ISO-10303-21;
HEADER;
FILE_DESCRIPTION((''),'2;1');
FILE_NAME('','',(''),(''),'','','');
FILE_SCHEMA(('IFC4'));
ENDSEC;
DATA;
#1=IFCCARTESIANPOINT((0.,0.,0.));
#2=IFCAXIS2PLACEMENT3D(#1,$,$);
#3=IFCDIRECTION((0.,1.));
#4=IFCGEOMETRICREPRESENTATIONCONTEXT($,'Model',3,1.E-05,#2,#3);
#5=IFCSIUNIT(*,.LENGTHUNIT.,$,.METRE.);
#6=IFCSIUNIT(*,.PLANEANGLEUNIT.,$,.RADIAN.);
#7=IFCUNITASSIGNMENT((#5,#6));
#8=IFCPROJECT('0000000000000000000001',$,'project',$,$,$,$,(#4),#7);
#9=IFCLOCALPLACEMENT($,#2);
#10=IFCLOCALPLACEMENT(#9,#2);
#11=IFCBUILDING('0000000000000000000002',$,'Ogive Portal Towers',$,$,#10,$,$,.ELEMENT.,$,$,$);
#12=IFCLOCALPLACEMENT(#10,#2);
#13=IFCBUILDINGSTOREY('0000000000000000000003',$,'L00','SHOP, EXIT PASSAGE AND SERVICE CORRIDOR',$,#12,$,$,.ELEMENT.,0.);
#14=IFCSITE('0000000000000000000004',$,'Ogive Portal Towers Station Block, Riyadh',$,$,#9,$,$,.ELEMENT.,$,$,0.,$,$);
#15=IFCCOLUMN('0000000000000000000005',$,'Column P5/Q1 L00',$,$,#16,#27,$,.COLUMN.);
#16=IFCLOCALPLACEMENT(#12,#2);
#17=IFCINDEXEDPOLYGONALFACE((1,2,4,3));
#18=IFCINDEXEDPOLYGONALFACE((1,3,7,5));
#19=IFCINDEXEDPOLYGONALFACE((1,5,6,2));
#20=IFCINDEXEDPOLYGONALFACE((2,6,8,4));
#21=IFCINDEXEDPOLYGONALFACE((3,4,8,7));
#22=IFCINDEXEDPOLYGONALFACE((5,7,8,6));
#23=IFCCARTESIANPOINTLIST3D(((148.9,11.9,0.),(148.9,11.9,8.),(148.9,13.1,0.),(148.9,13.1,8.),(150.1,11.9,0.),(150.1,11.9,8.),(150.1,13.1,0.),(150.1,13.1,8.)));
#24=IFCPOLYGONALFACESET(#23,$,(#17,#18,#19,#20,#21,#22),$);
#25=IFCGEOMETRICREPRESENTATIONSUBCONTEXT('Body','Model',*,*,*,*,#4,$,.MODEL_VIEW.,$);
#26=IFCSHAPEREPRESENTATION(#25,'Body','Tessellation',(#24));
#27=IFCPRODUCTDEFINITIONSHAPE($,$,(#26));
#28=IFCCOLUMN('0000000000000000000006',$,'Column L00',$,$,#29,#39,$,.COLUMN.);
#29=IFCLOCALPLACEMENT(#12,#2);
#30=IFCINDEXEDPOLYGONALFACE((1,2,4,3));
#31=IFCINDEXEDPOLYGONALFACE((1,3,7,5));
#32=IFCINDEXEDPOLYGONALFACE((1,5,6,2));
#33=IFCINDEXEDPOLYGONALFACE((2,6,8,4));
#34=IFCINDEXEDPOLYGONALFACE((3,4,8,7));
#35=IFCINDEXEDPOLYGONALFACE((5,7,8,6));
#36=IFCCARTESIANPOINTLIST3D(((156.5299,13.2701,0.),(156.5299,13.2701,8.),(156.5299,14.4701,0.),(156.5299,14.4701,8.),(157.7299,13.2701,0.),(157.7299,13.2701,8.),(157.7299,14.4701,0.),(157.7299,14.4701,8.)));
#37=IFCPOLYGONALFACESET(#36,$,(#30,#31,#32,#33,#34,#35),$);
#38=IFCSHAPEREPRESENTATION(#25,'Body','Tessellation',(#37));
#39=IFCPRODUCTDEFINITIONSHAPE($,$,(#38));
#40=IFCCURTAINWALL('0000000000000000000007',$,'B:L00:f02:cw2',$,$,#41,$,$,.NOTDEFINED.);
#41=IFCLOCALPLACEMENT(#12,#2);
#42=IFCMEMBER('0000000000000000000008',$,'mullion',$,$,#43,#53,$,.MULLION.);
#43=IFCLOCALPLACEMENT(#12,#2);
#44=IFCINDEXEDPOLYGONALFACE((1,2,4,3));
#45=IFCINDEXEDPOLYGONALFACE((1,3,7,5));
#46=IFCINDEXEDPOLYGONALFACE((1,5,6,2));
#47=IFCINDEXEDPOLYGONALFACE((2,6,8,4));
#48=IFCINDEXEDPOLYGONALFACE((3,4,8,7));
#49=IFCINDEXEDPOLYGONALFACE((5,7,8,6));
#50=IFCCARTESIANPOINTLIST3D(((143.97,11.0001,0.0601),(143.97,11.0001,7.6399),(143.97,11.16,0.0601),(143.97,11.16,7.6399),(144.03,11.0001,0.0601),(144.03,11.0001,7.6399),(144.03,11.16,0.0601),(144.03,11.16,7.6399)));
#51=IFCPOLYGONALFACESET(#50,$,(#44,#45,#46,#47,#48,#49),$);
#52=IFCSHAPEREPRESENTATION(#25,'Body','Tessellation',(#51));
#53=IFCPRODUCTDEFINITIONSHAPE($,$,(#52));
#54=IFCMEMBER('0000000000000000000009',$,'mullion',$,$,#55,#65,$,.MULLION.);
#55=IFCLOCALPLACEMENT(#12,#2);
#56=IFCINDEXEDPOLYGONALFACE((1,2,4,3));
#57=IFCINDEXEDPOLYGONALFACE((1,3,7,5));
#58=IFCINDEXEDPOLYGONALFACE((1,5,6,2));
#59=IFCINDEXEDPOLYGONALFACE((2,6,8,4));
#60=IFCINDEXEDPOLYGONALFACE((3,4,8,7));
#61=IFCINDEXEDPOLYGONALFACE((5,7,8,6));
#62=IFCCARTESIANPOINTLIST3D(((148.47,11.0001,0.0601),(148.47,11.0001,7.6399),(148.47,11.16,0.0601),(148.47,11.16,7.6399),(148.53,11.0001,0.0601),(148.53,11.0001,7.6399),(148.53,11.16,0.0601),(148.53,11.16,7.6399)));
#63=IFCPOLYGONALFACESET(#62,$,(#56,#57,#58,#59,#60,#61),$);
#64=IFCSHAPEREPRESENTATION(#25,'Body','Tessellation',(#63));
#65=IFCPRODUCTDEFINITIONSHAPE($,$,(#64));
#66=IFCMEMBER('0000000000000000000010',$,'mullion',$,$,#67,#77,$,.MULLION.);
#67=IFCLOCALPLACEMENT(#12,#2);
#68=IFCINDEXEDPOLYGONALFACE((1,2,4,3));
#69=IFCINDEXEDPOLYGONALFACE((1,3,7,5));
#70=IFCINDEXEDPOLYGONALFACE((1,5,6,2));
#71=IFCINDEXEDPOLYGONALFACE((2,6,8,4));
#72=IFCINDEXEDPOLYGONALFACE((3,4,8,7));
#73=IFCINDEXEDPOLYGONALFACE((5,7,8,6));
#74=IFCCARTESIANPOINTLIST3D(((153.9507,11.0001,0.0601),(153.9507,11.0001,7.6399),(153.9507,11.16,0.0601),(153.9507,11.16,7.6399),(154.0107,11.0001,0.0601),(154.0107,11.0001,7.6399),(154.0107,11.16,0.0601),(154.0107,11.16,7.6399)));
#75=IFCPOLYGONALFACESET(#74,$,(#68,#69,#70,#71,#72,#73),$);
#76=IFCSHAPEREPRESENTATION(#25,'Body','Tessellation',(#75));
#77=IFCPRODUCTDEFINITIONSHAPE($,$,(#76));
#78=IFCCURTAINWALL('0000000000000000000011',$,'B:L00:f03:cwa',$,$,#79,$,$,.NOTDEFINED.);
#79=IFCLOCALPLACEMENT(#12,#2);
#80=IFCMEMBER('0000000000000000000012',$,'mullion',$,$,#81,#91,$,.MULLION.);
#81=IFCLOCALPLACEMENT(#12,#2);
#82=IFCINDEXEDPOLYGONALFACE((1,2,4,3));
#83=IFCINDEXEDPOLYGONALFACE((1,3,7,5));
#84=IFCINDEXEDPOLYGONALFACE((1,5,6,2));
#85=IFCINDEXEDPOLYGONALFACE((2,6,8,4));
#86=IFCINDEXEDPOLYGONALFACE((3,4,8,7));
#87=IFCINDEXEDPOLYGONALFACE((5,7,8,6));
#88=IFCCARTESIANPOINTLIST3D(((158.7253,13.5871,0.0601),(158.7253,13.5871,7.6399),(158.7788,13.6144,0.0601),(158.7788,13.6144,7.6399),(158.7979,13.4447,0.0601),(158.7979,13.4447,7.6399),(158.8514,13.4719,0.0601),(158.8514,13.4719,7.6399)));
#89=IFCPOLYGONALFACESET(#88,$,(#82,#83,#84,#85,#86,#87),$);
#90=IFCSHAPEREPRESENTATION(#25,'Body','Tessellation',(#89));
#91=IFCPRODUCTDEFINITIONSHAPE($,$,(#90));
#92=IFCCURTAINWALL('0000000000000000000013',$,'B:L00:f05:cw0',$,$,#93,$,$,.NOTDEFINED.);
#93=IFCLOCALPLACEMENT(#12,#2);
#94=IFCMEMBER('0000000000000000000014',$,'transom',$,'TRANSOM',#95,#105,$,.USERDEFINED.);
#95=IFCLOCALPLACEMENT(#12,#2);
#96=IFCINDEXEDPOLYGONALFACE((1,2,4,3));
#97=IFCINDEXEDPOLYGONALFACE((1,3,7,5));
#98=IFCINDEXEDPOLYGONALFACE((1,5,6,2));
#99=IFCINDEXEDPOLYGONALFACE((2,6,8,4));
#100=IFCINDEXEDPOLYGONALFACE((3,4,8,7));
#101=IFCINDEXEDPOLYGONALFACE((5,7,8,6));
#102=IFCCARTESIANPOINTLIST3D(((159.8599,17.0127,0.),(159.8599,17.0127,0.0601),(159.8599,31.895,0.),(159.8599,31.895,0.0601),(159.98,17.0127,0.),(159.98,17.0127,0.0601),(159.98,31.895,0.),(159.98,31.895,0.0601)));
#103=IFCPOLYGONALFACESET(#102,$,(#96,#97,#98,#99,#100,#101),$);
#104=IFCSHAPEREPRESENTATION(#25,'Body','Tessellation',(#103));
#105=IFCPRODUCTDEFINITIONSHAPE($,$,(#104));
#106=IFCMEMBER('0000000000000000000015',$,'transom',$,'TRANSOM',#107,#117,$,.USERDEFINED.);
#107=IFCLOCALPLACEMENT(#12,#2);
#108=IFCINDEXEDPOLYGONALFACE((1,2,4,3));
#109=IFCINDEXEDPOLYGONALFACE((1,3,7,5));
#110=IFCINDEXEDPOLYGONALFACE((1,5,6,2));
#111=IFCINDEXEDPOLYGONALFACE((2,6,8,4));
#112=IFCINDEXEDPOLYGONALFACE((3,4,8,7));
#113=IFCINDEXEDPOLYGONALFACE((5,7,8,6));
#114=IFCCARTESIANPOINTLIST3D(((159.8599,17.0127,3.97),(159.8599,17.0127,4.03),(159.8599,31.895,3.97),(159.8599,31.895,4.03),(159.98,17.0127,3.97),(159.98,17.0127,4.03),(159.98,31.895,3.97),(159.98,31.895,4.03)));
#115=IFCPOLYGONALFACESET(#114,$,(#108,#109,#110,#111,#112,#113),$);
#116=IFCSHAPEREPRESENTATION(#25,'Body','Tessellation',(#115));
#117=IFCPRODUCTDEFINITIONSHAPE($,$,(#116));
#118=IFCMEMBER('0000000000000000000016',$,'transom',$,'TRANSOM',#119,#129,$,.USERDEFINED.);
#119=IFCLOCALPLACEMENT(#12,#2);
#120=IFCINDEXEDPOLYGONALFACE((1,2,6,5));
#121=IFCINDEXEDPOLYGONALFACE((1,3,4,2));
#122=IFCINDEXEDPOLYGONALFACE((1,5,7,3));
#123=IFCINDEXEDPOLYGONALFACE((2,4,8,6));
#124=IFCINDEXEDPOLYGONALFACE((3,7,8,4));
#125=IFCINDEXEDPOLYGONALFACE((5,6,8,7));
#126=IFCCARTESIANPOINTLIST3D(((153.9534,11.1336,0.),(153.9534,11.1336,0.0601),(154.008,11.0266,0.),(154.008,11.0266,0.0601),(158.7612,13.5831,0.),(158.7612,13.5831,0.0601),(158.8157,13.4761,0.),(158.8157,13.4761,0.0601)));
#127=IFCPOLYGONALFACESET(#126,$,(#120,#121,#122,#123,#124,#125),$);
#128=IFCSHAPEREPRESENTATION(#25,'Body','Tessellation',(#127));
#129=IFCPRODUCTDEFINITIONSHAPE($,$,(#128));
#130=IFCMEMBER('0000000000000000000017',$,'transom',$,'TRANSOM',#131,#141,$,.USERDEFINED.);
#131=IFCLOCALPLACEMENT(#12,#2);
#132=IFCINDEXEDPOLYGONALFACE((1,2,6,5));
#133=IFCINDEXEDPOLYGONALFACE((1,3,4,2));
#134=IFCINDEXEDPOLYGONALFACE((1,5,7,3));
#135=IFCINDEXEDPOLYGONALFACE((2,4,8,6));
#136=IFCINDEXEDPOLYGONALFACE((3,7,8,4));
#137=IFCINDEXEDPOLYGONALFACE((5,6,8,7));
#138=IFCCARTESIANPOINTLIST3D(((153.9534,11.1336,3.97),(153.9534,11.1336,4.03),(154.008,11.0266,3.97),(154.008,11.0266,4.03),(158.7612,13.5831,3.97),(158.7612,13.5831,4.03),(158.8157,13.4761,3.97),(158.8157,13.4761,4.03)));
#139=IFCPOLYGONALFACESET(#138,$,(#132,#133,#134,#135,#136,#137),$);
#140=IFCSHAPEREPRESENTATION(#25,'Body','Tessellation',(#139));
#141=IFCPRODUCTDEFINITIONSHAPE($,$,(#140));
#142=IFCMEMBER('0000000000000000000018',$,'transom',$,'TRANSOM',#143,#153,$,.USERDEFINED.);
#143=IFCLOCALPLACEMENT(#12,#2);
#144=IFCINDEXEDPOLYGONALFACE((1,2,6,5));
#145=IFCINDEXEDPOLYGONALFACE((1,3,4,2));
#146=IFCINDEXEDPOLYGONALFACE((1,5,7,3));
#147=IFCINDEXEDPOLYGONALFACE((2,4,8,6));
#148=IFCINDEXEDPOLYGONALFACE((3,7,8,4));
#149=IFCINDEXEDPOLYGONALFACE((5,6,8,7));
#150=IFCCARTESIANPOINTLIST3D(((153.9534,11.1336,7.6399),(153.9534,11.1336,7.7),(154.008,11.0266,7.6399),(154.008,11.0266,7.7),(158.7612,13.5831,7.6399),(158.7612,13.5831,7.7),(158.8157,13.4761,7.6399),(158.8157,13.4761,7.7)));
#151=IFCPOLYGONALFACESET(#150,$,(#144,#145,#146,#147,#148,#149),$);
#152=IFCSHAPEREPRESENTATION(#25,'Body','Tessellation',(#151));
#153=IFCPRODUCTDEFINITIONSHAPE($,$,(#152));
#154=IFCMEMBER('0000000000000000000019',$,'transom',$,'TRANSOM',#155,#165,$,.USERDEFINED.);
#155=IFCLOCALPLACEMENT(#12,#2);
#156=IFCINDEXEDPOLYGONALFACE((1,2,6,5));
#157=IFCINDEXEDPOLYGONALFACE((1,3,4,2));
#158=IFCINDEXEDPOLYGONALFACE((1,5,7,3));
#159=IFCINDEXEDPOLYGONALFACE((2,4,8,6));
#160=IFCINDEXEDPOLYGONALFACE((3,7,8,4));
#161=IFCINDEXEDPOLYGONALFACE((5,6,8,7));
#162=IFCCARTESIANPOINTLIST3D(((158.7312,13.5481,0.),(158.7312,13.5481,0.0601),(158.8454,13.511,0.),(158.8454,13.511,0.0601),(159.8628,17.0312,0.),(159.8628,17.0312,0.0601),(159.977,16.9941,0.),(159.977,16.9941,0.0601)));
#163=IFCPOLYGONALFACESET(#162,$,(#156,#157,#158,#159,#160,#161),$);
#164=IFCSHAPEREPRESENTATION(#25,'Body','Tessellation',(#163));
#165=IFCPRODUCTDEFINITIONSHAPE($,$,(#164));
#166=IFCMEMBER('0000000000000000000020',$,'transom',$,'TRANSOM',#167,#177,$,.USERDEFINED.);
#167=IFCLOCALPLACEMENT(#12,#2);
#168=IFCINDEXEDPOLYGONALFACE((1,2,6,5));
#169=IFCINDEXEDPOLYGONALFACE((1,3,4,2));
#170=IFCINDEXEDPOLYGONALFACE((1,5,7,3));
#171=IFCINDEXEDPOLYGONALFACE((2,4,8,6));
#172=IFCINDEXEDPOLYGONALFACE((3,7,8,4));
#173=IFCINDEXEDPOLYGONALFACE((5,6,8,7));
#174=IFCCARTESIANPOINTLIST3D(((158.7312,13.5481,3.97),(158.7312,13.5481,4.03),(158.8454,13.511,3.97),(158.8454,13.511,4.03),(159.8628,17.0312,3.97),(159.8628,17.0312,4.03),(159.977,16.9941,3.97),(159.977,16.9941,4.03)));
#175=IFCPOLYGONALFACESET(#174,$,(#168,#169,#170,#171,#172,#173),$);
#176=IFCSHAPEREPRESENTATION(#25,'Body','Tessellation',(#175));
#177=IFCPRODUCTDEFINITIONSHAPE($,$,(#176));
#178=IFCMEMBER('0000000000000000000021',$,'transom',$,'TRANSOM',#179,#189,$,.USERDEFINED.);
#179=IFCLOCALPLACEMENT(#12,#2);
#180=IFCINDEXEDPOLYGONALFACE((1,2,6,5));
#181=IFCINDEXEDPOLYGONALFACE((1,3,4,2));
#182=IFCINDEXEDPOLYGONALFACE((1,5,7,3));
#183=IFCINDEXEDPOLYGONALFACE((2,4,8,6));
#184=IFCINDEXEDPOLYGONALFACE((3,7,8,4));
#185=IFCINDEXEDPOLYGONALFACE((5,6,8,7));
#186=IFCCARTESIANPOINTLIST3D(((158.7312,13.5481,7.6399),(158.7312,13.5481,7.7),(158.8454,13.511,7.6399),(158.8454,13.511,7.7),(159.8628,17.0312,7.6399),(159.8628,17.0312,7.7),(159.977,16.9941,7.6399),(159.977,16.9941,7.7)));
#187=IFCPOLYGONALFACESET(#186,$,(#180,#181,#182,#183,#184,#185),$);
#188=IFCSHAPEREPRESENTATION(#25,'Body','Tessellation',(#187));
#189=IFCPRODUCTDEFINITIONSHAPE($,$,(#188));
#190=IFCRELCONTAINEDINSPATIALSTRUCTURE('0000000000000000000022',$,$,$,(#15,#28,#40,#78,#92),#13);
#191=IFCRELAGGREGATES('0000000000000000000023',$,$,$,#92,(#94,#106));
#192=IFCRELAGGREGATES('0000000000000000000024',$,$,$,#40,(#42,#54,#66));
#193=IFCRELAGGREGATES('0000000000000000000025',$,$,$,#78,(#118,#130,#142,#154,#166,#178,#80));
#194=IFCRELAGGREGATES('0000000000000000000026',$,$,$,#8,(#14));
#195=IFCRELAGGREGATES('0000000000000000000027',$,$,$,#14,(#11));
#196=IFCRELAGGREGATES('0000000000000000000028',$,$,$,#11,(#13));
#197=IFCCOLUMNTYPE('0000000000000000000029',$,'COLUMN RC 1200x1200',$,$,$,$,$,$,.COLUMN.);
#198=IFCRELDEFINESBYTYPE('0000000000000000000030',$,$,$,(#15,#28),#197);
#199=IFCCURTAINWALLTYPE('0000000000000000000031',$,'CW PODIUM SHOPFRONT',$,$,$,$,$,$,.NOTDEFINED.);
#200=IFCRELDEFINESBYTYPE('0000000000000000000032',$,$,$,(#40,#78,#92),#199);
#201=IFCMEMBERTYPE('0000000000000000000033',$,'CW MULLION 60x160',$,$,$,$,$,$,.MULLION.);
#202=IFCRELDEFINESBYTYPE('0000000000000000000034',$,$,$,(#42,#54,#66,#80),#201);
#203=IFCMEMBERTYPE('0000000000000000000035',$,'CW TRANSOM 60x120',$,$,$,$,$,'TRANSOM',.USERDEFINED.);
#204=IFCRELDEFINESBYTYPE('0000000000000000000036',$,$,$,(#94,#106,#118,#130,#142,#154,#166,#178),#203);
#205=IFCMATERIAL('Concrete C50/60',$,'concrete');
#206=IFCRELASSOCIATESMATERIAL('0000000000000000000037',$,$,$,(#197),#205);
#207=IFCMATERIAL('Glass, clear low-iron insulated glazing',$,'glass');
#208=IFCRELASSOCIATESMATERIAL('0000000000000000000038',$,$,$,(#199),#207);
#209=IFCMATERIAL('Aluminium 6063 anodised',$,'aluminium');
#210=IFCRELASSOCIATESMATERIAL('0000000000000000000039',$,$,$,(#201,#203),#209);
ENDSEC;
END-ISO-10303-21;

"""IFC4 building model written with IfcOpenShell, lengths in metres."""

from ifc_helpers import new_model, si_unit, direction, frame, origin, origin_2d, place, context, subcontext, project, spatial, rectangle, extrude, material, material_profile, profile_set, type_object, element, aggregate, save


model = new_model("IFC4")

# Units and contexts
model_context = context("Model", 3, precision=1e-05, world=origin(), true_north=direction((0.0, 1.0)))
body_context = subcontext(model_context, "Body", "Model", "MODEL_VIEW")
ifc_project = project(units=[si_unit("LENGTHUNIT", "METRE"), si_unit("PLANEANGLEUNIT", "RADIAN")], contexts=[model_context])

# Site, building, storey
site_placement = place(None, origin())
site = spatial("IfcSite", under=ifc_project, at=site_placement, Name="Ogive Portal Towers Station Block, Riyadh", CompositionType="ELEMENT", RefElevation=0.0)
building_placement = place(site_placement, origin())
building = spatial("IfcBuilding", under=site, at=building_placement, Name="Ogive Portal Towers", CompositionType="ELEMENT")
storey_placement = place(building_placement, origin())
storey = spatial("IfcBuildingStorey", under=building, at=storey_placement, Name="L00", Description="SHOP, EXIT PASSAGE AND SERVICE CORRIDOR", CompositionType="ELEMENT", Elevation=0.0)

# Columns
ifc_material_1 = material(Name="Concrete C50/60", Category="concrete")
ifc_material_profile_1 = material_profile(ifc_material_1, rectangle(XDim=1.2, YDim=1.2, at=origin_2d()), Name="RC 1200x1200")
ifc_profile_set_1 = profile_set([ifc_material_profile_1], Name="Concrete C50/60")
column_type = type_object("IfcColumnType", Name="COLUMN RC 1200x1200", PredefinedType="COLUMN", material=ifc_profile_set_1)
for number, where, z_axis, x_axis, name in (
    (1, (149.5, 12.5, 0.0), (0.0, 0.0, 1.0), (1.0, 0.0, 0.0), "Column P5/Q1 L00"),
    (2, (157.1299, 13.8701, 0.0), (0.0, 0.0, 1.0), (1.0, 0.0, 0.0), "Column L00"),
):
    element("IfcColumn", number, at=place(storey_placement, frame(where, z_axis=z_axis, x_axis=x_axis)), inside=storey, type_object=column_type, Name=name, PredefinedType="COLUMN", context=body_context, shape_type="SweptSolid", body=[
        extrude(rectangle(XDim=1.2, YDim=1.2, at=origin_2d()), origin(), (0.0, 0.0, 1.0), 8.0),
    ])

# Curtain wall, members
ifc_material_2 = material(Name="Glass, clear low-iron insulated glazing", Category="glass")
curtain_wall_type = type_object("IfcCurtainWallType", Name="CW PODIUM SHOPFRONT", PredefinedType="NOTDEFINED", material=ifc_material_2)
curtain_wall_1_placement = place(storey_placement, origin())
curtain_wall_1 = element("IfcCurtainWall", 3, at=curtain_wall_1_placement, inside=storey, type_object=curtain_wall_type, Name="B:L00:f02:cw2", PredefinedType="NOTDEFINED")
ifc_material_3 = material(Name="Aluminium 6063 anodised", Category="aluminium")
ifc_material_profile_2 = material_profile(ifc_material_3, rectangle(XDim=0.1599, YDim=0.0601, at=origin_2d()), Name="AL 60x160")
ifc_profile_set_2 = profile_set([ifc_material_profile_2], Name="Aluminium 6063 anodised")
member_type_1 = type_object("IfcMemberType", Name="CW MULLION 60x160", PredefinedType="MULLION", material=ifc_profile_set_2)
member_1_placement = place(storey_placement, frame((144.0, 11.0801, 0.0601), z_axis=(0.0, 0.0, 1.0), x_axis=(0.0, 1.0, 0.0)))
member_1 = element("IfcMember", 4, at=member_1_placement, type_object=member_type_1, Name="mullion", PredefinedType="MULLION", context=body_context, shape_type="SweptSolid", body=[
    extrude(rectangle(XDim=0.1599, YDim=0.0601, at=origin_2d()), origin(), (0.0, 0.0, 1.0), 7.5798),
])
member_2_placement = place(storey_placement, frame((148.5, 11.0801, 0.0601), z_axis=(0.0, 0.0, 1.0), x_axis=(0.0, 1.0, 0.0)))
member_2 = element("IfcMember", 5, at=member_2_placement, type_object=member_type_1, Name="mullion", PredefinedType="MULLION", context=body_context, shape_type="SweptSolid", body=[
    extrude(rectangle(XDim=0.1599, YDim=0.0601, at=origin_2d()), origin(), (0.0, 0.0, 1.0), 7.5798),
])
member_3_placement = place(storey_placement, frame((153.9807, 11.0801, 0.0601), z_axis=(0.0, 0.0, 1.0), x_axis=(0.0, 1.0, 0.0)))
member_3 = element("IfcMember", 6, at=member_3_placement, type_object=member_type_1, Name="mullion", PredefinedType="MULLION", context=body_context, shape_type="SweptSolid", body=[
    extrude(rectangle(XDim=0.1599, YDim=0.0601, at=origin_2d()), origin(), (0.0, 0.0, 1.0), 7.5798),
])

# Curtain wall, member
curtain_wall_2_placement = place(storey_placement, origin())
curtain_wall_2 = element("IfcCurtainWall", 7, at=curtain_wall_2_placement, inside=storey, type_object=curtain_wall_type, Name="B:L00:f03:cwa", PredefinedType="NOTDEFINED")
member_4_placement = place(storey_placement, frame((158.7883, 13.5295, 0.0601), z_axis=(0.0, 0.0, 1.0), x_axis=(-0.45399, 0.891007, 0.0)))
member_4 = element("IfcMember", 8, at=member_4_placement, type_object=member_type_1, Name="mullion", PredefinedType="MULLION", context=body_context, shape_type="SweptSolid", body=[
    extrude(rectangle(XDim=0.1599, YDim=0.0601, at=origin_2d()), origin(), (0.0, 0.0, 1.0), 7.5798),
])

# Curtain wall, members
curtain_wall_3_placement = place(storey_placement, origin())
curtain_wall_3 = element("IfcCurtainWall", 9, at=curtain_wall_3_placement, inside=storey, type_object=curtain_wall_type, Name="B:L00:f05:cw0", PredefinedType="NOTDEFINED")
ifc_material_profile_3 = material_profile(ifc_material_3, rectangle(XDim=0.1201, YDim=0.0601, at=origin_2d()), Name="AL 120x60")
ifc_profile_set_3 = profile_set([ifc_material_profile_3], Name="Aluminium 6063 anodised")
member_type_2 = type_object("IfcMemberType", Name="CW TRANSOM 60x120", ElementType="TRANSOM", PredefinedType="USERDEFINED", material=ifc_profile_set_3)
member_5_placement = place(storey_placement, frame((159.9199, 17.0127, 0.03), z_axis=(0.0, 1.0, 0.0), x_axis=(-1.0, 0.0, 0.0)))
member_5 = element("IfcMember", 10, at=member_5_placement, type_object=member_type_2, Name="transom", ObjectType="TRANSOM", PredefinedType="USERDEFINED", context=body_context, shape_type="SweptSolid", body=[
    extrude(rectangle(XDim=0.1201, YDim=0.0601, at=origin_2d()), origin(), (0.0, 0.0, 1.0), 14.8823),
])
member_6_placement = place(storey_placement, frame((159.9199, 17.0127, 4.0), z_axis=(0.0, 1.0, 0.0), x_axis=(-1.0, 0.0, 0.0)))
member_6 = element("IfcMember", 11, at=member_6_placement, type_object=member_type_2, Name="transom", ObjectType="TRANSOM", PredefinedType="USERDEFINED", context=body_context, shape_type="SweptSolid", body=[
    extrude(rectangle(XDim=0.1201, YDim=0.0601, at=origin_2d()), origin(), (0.0, 0.0, 1.0), 14.8823),
])
aggregate(curtain_wall_3, [member_5, member_6])

# Members
member_7_placement = place(storey_placement, frame((153.9807, 11.0801, 0.03), z_axis=(0.891017, 0.45397, 0.0), x_axis=(-0.45397, 0.891017, 0.0)))
member_7 = element("IfcMember", 12, at=member_7_placement, type_object=member_type_2, Name="transom", ObjectType="TRANSOM", PredefinedType="USERDEFINED", context=body_context, shape_type="SweptSolid", body=[
    extrude(rectangle(XDim=0.1201, YDim=0.0601, at=origin_2d()), origin(), (0.0, 0.0, 1.0), 5.3958),
])
member_8_placement = place(storey_placement, frame((153.9807, 11.0801, 4.0), z_axis=(0.891017, 0.45397, 0.0), x_axis=(-0.45397, 0.891017, 0.0)))
member_8 = element("IfcMember", 13, at=member_8_placement, type_object=member_type_2, Name="transom", ObjectType="TRANSOM", PredefinedType="USERDEFINED", context=body_context, shape_type="SweptSolid", body=[
    extrude(rectangle(XDim=0.1201, YDim=0.0601, at=origin_2d()), origin(), (0.0, 0.0, 1.0), 5.3958),
])
member_9_placement = place(storey_placement, frame((153.9807, 11.0801, 7.6699), z_axis=(0.891017, 0.45397, 0.0), x_axis=(-0.45397, 0.891017, 0.0)))
member_9 = element("IfcMember", 14, at=member_9_placement, type_object=member_type_2, Name="transom", ObjectType="TRANSOM", PredefinedType="USERDEFINED", context=body_context, shape_type="SweptSolid", body=[
    extrude(rectangle(XDim=0.1201, YDim=0.0601, at=origin_2d()), origin(), (0.0, 0.0, 1.0), 5.3958),
])
member_10_placement = place(storey_placement, frame((158.7883, 13.5295, 0.03), z_axis=(0.308979, 0.951069, 0.0), x_axis=(-0.951069, 0.308979, 0.0)))
member_10 = element("IfcMember", 15, at=member_10_placement, type_object=member_type_2, Name="transom", ObjectType="TRANSOM", PredefinedType="USERDEFINED", context=body_context, shape_type="SweptSolid", body=[
    extrude(rectangle(XDim=0.1201, YDim=0.0601, at=origin_2d()), origin(), (0.0, 0.0, 1.0), 3.6624),
])
member_11_placement = place(storey_placement, frame((158.7883, 13.5295, 4.0), z_axis=(0.308979, 0.951069, 0.0), x_axis=(-0.951069, 0.308979, 0.0)))
member_11 = element("IfcMember", 16, at=member_11_placement, type_object=member_type_2, Name="transom", ObjectType="TRANSOM", PredefinedType="USERDEFINED", context=body_context, shape_type="SweptSolid", body=[
    extrude(rectangle(XDim=0.1201, YDim=0.0601, at=origin_2d()), origin(), (0.0, 0.0, 1.0), 3.6624),
])
member_12_placement = place(storey_placement, frame((158.7883, 13.5295, 7.6699), z_axis=(0.308979, 0.951069, 0.0), x_axis=(-0.951069, 0.308979, 0.0)))
member_12 = element("IfcMember", 17, at=member_12_placement, type_object=member_type_2, Name="transom", ObjectType="TRANSOM", PredefinedType="USERDEFINED", context=body_context, shape_type="SweptSolid", body=[
    extrude(rectangle(XDim=0.1201, YDim=0.0601, at=origin_2d()), origin(), (0.0, 0.0, 1.0), 3.6624),
])

aggregate(curtain_wall_1, [member_1, member_2, member_3])
aggregate(curtain_wall_2, [member_7, member_8, member_9, member_10, member_11, member_12, member_4])

save(model, "model.ifc")
